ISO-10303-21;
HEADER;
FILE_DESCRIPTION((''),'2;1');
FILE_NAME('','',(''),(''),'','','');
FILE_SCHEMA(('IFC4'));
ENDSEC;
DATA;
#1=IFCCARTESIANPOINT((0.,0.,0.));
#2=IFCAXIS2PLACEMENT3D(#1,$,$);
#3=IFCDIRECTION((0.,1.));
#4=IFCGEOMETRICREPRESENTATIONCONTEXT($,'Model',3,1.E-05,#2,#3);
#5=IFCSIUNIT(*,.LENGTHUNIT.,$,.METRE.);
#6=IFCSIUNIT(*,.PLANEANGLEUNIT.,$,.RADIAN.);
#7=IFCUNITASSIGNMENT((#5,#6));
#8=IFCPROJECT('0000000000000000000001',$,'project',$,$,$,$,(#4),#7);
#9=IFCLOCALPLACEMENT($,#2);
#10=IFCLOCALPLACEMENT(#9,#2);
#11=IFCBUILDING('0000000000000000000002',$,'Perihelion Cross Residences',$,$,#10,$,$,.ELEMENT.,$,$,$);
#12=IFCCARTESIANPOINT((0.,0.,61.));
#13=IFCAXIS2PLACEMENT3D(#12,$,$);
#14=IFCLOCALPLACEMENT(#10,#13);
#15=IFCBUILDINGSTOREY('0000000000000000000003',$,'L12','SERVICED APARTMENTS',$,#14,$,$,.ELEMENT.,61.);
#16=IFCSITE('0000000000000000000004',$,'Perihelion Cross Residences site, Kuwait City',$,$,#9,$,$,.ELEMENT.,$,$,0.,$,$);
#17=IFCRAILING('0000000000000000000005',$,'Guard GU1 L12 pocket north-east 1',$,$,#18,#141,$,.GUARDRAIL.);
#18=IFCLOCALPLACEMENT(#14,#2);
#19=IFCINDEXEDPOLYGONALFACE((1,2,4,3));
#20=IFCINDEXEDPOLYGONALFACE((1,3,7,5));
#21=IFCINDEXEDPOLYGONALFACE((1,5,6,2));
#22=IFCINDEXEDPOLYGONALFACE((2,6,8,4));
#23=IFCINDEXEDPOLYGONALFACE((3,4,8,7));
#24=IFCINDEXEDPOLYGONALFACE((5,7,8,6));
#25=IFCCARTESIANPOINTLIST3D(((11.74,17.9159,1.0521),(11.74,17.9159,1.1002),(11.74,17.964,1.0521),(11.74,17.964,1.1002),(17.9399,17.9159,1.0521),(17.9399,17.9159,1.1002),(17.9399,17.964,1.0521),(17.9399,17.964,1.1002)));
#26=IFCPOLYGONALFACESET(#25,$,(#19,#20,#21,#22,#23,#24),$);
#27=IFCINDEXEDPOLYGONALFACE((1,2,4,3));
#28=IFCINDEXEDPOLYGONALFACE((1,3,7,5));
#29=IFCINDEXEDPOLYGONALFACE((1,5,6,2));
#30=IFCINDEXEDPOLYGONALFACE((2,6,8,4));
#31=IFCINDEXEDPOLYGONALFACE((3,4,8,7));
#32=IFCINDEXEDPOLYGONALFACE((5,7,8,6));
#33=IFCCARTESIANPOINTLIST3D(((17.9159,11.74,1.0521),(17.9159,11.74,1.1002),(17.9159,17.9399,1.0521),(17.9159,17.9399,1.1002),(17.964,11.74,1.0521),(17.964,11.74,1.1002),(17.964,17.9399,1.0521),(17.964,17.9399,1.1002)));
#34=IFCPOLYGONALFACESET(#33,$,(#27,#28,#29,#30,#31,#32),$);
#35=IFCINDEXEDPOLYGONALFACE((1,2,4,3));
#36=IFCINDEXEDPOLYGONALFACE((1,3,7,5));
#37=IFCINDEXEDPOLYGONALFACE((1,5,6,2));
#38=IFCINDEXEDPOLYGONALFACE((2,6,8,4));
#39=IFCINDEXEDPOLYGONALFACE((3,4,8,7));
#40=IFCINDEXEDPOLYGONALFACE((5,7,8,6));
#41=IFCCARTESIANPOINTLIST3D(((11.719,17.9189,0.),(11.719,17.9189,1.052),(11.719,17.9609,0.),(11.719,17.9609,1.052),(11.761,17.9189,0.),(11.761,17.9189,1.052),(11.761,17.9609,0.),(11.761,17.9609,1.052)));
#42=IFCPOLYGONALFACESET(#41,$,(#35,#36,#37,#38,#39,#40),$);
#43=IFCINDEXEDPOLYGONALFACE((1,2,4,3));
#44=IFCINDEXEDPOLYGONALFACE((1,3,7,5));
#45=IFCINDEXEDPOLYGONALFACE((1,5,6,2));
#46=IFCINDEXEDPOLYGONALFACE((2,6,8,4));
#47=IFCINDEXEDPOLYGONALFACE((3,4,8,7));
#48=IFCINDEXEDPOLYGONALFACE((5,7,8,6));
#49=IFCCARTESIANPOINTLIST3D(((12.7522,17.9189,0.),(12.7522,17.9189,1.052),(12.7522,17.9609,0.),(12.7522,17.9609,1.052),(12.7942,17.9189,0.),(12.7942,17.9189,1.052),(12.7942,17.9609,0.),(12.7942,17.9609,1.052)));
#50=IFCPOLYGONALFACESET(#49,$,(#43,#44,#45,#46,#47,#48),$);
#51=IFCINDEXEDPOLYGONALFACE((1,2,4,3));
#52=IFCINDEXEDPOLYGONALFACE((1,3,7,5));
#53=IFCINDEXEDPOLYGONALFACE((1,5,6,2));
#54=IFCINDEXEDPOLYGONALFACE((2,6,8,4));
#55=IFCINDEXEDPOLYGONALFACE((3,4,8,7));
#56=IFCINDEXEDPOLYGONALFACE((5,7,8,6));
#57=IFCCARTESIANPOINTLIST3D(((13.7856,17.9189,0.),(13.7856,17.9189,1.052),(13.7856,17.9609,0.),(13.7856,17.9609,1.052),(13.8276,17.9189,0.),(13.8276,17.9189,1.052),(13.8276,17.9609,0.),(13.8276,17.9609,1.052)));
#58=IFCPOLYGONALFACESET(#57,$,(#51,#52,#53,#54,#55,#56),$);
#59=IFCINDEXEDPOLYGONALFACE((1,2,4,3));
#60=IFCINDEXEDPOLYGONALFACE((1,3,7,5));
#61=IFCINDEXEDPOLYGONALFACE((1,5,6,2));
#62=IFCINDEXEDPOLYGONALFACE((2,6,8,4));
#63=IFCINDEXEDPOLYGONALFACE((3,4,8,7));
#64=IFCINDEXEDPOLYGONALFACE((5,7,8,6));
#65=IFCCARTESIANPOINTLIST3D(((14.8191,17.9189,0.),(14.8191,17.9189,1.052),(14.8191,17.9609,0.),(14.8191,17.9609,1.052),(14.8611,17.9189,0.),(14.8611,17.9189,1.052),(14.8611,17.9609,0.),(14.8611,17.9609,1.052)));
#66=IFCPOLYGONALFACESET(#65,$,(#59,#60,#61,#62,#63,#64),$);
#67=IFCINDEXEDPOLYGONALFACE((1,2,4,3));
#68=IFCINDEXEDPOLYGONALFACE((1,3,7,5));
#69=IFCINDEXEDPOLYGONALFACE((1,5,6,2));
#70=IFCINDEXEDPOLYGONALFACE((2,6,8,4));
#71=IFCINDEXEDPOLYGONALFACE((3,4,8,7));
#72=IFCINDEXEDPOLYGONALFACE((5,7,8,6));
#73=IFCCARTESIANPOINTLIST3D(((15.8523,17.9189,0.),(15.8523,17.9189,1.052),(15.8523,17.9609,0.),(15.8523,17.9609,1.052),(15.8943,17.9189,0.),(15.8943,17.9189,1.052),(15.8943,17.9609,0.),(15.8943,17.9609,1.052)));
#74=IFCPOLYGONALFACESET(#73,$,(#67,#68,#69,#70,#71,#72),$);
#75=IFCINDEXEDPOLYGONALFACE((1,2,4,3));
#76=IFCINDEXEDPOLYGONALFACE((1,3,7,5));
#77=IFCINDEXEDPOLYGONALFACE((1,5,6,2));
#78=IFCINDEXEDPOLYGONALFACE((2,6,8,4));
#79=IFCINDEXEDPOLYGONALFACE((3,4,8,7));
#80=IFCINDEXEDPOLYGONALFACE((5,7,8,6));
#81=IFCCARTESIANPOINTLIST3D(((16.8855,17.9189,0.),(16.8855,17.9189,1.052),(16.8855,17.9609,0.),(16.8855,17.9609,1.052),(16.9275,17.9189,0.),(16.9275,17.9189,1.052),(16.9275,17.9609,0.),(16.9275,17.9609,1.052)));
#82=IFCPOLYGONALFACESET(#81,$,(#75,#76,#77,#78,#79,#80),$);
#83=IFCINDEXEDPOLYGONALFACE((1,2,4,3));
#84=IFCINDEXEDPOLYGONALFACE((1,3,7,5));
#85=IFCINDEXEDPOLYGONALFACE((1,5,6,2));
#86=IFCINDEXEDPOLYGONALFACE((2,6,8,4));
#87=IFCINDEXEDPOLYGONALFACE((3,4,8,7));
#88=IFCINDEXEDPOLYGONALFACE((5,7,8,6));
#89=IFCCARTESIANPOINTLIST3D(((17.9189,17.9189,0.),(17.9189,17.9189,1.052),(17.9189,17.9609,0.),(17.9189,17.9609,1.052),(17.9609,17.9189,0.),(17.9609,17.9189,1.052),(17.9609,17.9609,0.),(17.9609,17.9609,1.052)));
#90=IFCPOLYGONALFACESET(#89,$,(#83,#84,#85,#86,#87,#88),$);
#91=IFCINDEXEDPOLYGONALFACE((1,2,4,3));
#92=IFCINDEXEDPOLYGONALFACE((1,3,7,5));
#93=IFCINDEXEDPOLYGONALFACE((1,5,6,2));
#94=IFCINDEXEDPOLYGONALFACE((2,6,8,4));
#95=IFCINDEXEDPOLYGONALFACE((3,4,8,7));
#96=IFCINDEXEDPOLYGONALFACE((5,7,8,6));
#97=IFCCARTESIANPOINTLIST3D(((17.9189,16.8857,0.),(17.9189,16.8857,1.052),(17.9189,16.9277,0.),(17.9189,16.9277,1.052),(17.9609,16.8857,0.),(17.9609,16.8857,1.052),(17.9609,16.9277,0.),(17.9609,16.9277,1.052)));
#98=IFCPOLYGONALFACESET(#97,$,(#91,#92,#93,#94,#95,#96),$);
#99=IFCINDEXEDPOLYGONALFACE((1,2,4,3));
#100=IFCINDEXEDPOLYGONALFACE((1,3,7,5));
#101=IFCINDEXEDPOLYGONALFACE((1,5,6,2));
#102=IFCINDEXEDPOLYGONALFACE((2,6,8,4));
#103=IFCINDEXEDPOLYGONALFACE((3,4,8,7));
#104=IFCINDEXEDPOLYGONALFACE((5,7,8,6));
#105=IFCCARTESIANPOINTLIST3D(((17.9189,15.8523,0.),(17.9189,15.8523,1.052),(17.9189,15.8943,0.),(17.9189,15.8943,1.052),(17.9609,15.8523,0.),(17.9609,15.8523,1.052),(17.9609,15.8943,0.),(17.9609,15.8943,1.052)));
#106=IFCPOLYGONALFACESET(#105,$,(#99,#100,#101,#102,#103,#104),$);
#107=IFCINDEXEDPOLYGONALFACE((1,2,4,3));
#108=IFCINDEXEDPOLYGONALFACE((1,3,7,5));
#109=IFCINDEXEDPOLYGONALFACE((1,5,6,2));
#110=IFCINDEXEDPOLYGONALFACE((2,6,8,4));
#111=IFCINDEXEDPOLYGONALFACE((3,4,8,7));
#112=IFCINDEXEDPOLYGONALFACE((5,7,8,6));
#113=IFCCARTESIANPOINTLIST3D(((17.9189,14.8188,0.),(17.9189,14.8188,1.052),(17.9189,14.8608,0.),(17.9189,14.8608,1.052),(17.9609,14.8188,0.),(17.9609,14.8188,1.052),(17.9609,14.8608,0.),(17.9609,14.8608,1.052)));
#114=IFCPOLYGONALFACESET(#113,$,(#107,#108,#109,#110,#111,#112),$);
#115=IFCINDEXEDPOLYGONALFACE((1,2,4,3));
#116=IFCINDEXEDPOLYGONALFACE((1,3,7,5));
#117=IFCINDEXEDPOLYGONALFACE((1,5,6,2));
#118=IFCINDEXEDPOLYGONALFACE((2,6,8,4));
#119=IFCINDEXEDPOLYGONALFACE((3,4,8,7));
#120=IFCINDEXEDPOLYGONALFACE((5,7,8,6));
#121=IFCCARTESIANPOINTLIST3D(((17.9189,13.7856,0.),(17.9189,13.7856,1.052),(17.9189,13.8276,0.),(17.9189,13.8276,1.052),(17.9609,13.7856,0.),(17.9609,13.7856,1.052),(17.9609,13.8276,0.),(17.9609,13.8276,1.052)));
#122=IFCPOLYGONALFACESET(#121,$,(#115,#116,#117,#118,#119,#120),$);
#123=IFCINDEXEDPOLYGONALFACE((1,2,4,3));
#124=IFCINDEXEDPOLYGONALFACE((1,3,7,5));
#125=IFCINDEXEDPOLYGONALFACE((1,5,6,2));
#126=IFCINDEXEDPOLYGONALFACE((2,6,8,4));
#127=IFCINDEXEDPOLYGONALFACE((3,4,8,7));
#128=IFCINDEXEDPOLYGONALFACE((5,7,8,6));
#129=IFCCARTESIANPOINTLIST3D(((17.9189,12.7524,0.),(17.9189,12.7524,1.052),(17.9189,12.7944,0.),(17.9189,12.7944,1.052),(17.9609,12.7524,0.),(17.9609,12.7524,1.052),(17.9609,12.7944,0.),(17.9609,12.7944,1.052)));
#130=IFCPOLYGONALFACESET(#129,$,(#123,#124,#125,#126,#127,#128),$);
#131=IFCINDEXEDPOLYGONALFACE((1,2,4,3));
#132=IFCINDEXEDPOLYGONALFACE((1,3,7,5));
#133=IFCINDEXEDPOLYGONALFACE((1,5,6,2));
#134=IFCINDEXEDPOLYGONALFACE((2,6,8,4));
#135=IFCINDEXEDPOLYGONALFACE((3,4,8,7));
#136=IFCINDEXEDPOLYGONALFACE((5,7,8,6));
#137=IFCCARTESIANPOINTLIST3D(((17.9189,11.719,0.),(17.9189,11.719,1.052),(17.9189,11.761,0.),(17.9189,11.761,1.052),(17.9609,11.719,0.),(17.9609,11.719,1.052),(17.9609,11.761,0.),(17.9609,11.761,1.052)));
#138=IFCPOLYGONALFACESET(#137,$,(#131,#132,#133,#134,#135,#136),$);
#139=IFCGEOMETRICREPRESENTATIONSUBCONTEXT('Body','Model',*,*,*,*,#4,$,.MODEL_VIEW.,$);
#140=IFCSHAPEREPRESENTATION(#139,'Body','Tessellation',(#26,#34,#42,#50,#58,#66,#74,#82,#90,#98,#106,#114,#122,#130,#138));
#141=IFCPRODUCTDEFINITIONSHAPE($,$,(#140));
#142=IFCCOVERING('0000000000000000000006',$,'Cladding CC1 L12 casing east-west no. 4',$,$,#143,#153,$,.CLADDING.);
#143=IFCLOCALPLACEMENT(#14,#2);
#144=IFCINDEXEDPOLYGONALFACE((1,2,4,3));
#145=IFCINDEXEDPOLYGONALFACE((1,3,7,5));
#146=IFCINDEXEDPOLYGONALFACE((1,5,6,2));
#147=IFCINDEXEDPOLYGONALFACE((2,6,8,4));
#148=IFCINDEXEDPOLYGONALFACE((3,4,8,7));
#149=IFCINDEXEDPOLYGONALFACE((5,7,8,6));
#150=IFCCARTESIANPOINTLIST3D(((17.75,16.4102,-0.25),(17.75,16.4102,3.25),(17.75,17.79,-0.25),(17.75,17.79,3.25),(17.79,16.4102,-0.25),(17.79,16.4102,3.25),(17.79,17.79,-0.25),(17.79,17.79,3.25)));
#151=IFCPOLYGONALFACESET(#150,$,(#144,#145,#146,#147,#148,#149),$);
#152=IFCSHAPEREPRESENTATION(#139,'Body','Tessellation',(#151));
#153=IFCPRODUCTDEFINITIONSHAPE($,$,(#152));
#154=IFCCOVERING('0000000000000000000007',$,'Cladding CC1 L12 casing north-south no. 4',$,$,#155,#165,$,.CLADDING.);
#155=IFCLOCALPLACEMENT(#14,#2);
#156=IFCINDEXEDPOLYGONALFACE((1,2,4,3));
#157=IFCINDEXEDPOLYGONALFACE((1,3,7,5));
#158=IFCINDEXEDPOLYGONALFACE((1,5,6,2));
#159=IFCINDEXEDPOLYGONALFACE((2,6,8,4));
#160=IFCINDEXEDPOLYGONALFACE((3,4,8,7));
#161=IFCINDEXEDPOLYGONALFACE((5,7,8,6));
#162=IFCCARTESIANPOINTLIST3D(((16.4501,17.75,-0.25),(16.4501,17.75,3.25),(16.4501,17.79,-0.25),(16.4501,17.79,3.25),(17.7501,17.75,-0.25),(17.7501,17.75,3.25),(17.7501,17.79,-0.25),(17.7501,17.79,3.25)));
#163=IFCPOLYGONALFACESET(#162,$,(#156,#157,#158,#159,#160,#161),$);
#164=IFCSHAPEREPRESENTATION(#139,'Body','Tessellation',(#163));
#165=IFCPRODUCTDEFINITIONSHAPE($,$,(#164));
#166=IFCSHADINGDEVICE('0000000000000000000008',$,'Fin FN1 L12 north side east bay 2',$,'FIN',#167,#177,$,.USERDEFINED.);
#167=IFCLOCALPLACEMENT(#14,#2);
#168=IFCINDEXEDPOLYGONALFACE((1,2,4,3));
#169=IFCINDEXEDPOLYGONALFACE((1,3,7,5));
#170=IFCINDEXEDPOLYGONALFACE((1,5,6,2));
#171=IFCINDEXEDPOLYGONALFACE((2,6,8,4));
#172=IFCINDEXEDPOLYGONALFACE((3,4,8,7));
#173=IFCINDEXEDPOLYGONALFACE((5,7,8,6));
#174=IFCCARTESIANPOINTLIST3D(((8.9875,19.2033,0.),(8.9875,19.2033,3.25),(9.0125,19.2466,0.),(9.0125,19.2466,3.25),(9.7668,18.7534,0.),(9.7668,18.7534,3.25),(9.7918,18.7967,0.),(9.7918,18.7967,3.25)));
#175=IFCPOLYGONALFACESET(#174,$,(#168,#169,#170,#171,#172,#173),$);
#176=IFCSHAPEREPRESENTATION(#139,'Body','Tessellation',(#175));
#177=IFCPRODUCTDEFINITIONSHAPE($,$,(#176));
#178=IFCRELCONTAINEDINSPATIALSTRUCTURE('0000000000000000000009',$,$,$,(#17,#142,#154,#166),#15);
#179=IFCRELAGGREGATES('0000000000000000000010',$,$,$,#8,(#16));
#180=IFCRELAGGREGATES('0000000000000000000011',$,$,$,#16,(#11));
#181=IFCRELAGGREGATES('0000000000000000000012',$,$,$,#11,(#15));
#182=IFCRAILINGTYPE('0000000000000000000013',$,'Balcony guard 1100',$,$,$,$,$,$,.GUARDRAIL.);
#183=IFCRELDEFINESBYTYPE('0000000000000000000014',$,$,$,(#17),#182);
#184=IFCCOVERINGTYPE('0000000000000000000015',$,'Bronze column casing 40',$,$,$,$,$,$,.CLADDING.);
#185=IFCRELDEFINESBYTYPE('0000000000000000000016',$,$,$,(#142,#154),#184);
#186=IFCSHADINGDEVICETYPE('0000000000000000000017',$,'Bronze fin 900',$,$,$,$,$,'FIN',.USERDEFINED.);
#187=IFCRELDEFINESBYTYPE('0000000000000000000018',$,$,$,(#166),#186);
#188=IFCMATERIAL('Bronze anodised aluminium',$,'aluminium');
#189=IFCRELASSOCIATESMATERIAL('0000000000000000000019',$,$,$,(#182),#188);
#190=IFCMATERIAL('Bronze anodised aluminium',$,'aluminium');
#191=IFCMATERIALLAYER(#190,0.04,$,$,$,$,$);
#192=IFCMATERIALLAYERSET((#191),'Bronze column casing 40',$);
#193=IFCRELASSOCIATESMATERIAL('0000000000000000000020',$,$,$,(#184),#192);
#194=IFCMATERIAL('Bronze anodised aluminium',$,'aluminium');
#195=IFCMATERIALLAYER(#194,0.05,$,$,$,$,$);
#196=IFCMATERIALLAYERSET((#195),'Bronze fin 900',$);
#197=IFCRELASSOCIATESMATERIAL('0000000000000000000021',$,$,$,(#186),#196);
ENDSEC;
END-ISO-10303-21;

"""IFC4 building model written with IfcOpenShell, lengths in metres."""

from ifc_helpers import new_model, si_unit, direction, frame, origin, origin_2d, place, context, subcontext, project, spatial, rectangle, extrude, material, layer, layer_set, type_object, element, save


model = new_model("IFC4")

# Units and contexts
model_context = context("Model", 3, precision=1e-05, world=origin(), true_north=direction((0.0, 1.0)))
body_context = subcontext(model_context, "Body", "Model", "MODEL_VIEW")
ifc_project = project(units=[si_unit("LENGTHUNIT", "METRE"), si_unit("PLANEANGLEUNIT", "RADIAN")], contexts=[model_context])

# Site, building, storey
site_placement = place(None, origin())
site = spatial("IfcSite", under=ifc_project, at=site_placement, Name="Perihelion Cross Residences site, Kuwait City", CompositionType="ELEMENT", RefElevation=0.0)
building_placement = place(site_placement, origin())
building = spatial("IfcBuilding", under=site, at=building_placement, Name="Perihelion Cross Residences", CompositionType="ELEMENT")
storey_placement = place(building_placement, frame((0.0, 0.0, 61.0)))
storey = spatial("IfcBuildingStorey", under=building, at=storey_placement, Name="L12", Description="SERVICED APARTMENTS", CompositionType="ELEMENT", Elevation=61.0)

# Railing
ifc_material_1 = material(Name="Bronze anodised aluminium", Category="aluminium")
railing_type = type_object("IfcRailingType", Name="Balcony guard 1100", PredefinedType="GUARDRAIL", material=ifc_material_1)
railing_1_placement = place(storey_placement, frame((11.74, 17.9399, 0.0)))
element("IfcRailing", 1, at=railing_1_placement, inside=storey, type_object=railing_type, Name="Guard GU1 L12 pocket north-east 1", PredefinedType="GUARDRAIL", context=body_context, shape_type="SweptSolid", body=[
    extrude(rectangle(XDim=0.0481, YDim=0.0481, at=origin_2d()), frame((0.0, 0.0, 1.0762), z_axis=(1.0, 0.0, 0.0), x_axis=(0.0, 1.0, 0.0)), (0.0, 0.0, 1.0), 6.2),
    extrude(rectangle(XDim=0.0481, YDim=0.0481, at=origin_2d()), frame((6.2, 0.0, 1.0762), z_axis=(0.0, -1.0, 0.0), x_axis=(1.0, 0.0, 0.0)), (0.0, 0.0, 1.0), 6.2),
    extrude(rectangle(XDim=0.042, YDim=0.042, at=origin_2d()), origin(), (0.0, 0.0, 1.0), 1.052),
    extrude(rectangle(XDim=0.042, YDim=0.042, at=origin_2d()), frame((1.0332, 0.0, 0.0)), (0.0, 0.0, 1.0), 1.052),
    extrude(rectangle(XDim=0.042, YDim=0.042, at=origin_2d()), frame((2.0667, 0.0, 0.0)), (0.0, 0.0, 1.0), 1.052),
    extrude(rectangle(XDim=0.042, YDim=0.042, at=origin_2d()), frame((3.1001, 0.0, 0.0)), (0.0, 0.0, 1.0), 1.052),
    extrude(rectangle(XDim=0.042, YDim=0.042, at=origin_2d()), frame((4.1333, 0.0, 0.0)), (0.0, 0.0, 1.0), 1.052),
    extrude(rectangle(XDim=0.042, YDim=0.042, at=origin_2d()), frame((5.1665, 0.0, 0.0)), (0.0, 0.0, 1.0), 1.052),
    extrude(rectangle(XDim=0.042, YDim=0.042, at=origin_2d()), frame((6.2, 0.0, 0.0)), (0.0, 0.0, 1.0), 1.052),
    extrude(rectangle(XDim=0.042, YDim=0.042, at=origin_2d()), frame((6.2, -1.0332, 0.0)), (0.0, 0.0, 1.0), 1.052),
    extrude(rectangle(XDim=0.042, YDim=0.042, at=origin_2d()), frame((6.2, -2.0667, 0.0)), (0.0, 0.0, 1.0), 1.052),
    extrude(rectangle(XDim=0.042, YDim=0.042, at=origin_2d()), frame((6.2, -3.1001, 0.0)), (0.0, 0.0, 1.0), 1.052),
    extrude(rectangle(XDim=0.042, YDim=0.042, at=origin_2d()), frame((6.2, -4.1333, 0.0)), (0.0, 0.0, 1.0), 1.052),
    extrude(rectangle(XDim=0.042, YDim=0.042, at=origin_2d()), frame((6.2, -5.1665, 0.0)), (0.0, 0.0, 1.0), 1.052),
    extrude(rectangle(XDim=0.042, YDim=0.042, at=origin_2d()), frame((6.2, -6.2, 0.0)), (0.0, 0.0, 1.0), 1.052),
])

# Coverings
ifc_material_2 = material(Name="Bronze anodised aluminium", Category="aluminium")
ifc_layer_1 = layer(ifc_material_2, 0.04)
ifc_layer_set_1 = layer_set([ifc_layer_1], Name="Bronze column casing 40")
covering_type = type_object("IfcCoveringType", Name="Bronze column casing 40", PredefinedType="CLADDING", material=ifc_layer_set_1)
covering_1_placement = place(storey_placement, frame((17.77, 17.1001, -0.25), z_axis=(0.0, 0.0, 1.0), x_axis=(1.0, 0.0, 0.0)))
element("IfcCovering", 2, at=covering_1_placement, inside=storey, type_object=covering_type, Name="Cladding CC1 L12 casing east-west no. 4", PredefinedType="CLADDING", context=body_context, shape_type="SweptSolid", body=[
    extrude(rectangle(XDim=0.04, YDim=1.3799, at=origin_2d()), origin(), (0.0, 0.0, 1.0), 3.5),
])
covering_2_placement = place(storey_placement, frame((17.1001, 17.77, -0.25), z_axis=(0.0, 0.0, 1.0), x_axis=(1.0, 0.0, 0.0)))
element("IfcCovering", 3, at=covering_2_placement, inside=storey, type_object=covering_type, Name="Cladding CC1 L12 casing north-south no. 4", PredefinedType="CLADDING", context=body_context, shape_type="SweptSolid", body=[
    extrude(rectangle(XDim=1.3, YDim=0.04, at=origin_2d()), origin(), (0.0, 0.0, 1.0), 3.5),
])

# Shading device
ifc_material_3 = material(Name="Bronze anodised aluminium", Category="aluminium")
ifc_layer_2 = layer(ifc_material_3, 0.05)
ifc_layer_set_2 = layer_set([ifc_layer_2], Name="Bronze fin 900")
shading_device_type = type_object("IfcShadingDeviceType", Name="Bronze fin 900", ElementType="FIN", PredefinedType="USERDEFINED", material=ifc_layer_set_2)
shading_device_placement = place(storey_placement, frame((9.3896, 19.0, 0.0), z_axis=(0.0, 0.0, 1.0), x_axis=(0.866025, -0.5, 0.0)))
element("IfcShadingDevice", 4, at=shading_device_placement, inside=storey, type_object=shading_device_type, Name="Fin FN1 L12 north side east bay 2", ObjectType="FIN", PredefinedType="USERDEFINED", context=body_context, shape_type="SweptSolid", body=[
    extrude(rectangle(XDim=0.8999, YDim=0.05, at=origin_2d()), origin(), (0.0, 0.0, 1.0), 3.25),
])

save(model, "model.ifc")
